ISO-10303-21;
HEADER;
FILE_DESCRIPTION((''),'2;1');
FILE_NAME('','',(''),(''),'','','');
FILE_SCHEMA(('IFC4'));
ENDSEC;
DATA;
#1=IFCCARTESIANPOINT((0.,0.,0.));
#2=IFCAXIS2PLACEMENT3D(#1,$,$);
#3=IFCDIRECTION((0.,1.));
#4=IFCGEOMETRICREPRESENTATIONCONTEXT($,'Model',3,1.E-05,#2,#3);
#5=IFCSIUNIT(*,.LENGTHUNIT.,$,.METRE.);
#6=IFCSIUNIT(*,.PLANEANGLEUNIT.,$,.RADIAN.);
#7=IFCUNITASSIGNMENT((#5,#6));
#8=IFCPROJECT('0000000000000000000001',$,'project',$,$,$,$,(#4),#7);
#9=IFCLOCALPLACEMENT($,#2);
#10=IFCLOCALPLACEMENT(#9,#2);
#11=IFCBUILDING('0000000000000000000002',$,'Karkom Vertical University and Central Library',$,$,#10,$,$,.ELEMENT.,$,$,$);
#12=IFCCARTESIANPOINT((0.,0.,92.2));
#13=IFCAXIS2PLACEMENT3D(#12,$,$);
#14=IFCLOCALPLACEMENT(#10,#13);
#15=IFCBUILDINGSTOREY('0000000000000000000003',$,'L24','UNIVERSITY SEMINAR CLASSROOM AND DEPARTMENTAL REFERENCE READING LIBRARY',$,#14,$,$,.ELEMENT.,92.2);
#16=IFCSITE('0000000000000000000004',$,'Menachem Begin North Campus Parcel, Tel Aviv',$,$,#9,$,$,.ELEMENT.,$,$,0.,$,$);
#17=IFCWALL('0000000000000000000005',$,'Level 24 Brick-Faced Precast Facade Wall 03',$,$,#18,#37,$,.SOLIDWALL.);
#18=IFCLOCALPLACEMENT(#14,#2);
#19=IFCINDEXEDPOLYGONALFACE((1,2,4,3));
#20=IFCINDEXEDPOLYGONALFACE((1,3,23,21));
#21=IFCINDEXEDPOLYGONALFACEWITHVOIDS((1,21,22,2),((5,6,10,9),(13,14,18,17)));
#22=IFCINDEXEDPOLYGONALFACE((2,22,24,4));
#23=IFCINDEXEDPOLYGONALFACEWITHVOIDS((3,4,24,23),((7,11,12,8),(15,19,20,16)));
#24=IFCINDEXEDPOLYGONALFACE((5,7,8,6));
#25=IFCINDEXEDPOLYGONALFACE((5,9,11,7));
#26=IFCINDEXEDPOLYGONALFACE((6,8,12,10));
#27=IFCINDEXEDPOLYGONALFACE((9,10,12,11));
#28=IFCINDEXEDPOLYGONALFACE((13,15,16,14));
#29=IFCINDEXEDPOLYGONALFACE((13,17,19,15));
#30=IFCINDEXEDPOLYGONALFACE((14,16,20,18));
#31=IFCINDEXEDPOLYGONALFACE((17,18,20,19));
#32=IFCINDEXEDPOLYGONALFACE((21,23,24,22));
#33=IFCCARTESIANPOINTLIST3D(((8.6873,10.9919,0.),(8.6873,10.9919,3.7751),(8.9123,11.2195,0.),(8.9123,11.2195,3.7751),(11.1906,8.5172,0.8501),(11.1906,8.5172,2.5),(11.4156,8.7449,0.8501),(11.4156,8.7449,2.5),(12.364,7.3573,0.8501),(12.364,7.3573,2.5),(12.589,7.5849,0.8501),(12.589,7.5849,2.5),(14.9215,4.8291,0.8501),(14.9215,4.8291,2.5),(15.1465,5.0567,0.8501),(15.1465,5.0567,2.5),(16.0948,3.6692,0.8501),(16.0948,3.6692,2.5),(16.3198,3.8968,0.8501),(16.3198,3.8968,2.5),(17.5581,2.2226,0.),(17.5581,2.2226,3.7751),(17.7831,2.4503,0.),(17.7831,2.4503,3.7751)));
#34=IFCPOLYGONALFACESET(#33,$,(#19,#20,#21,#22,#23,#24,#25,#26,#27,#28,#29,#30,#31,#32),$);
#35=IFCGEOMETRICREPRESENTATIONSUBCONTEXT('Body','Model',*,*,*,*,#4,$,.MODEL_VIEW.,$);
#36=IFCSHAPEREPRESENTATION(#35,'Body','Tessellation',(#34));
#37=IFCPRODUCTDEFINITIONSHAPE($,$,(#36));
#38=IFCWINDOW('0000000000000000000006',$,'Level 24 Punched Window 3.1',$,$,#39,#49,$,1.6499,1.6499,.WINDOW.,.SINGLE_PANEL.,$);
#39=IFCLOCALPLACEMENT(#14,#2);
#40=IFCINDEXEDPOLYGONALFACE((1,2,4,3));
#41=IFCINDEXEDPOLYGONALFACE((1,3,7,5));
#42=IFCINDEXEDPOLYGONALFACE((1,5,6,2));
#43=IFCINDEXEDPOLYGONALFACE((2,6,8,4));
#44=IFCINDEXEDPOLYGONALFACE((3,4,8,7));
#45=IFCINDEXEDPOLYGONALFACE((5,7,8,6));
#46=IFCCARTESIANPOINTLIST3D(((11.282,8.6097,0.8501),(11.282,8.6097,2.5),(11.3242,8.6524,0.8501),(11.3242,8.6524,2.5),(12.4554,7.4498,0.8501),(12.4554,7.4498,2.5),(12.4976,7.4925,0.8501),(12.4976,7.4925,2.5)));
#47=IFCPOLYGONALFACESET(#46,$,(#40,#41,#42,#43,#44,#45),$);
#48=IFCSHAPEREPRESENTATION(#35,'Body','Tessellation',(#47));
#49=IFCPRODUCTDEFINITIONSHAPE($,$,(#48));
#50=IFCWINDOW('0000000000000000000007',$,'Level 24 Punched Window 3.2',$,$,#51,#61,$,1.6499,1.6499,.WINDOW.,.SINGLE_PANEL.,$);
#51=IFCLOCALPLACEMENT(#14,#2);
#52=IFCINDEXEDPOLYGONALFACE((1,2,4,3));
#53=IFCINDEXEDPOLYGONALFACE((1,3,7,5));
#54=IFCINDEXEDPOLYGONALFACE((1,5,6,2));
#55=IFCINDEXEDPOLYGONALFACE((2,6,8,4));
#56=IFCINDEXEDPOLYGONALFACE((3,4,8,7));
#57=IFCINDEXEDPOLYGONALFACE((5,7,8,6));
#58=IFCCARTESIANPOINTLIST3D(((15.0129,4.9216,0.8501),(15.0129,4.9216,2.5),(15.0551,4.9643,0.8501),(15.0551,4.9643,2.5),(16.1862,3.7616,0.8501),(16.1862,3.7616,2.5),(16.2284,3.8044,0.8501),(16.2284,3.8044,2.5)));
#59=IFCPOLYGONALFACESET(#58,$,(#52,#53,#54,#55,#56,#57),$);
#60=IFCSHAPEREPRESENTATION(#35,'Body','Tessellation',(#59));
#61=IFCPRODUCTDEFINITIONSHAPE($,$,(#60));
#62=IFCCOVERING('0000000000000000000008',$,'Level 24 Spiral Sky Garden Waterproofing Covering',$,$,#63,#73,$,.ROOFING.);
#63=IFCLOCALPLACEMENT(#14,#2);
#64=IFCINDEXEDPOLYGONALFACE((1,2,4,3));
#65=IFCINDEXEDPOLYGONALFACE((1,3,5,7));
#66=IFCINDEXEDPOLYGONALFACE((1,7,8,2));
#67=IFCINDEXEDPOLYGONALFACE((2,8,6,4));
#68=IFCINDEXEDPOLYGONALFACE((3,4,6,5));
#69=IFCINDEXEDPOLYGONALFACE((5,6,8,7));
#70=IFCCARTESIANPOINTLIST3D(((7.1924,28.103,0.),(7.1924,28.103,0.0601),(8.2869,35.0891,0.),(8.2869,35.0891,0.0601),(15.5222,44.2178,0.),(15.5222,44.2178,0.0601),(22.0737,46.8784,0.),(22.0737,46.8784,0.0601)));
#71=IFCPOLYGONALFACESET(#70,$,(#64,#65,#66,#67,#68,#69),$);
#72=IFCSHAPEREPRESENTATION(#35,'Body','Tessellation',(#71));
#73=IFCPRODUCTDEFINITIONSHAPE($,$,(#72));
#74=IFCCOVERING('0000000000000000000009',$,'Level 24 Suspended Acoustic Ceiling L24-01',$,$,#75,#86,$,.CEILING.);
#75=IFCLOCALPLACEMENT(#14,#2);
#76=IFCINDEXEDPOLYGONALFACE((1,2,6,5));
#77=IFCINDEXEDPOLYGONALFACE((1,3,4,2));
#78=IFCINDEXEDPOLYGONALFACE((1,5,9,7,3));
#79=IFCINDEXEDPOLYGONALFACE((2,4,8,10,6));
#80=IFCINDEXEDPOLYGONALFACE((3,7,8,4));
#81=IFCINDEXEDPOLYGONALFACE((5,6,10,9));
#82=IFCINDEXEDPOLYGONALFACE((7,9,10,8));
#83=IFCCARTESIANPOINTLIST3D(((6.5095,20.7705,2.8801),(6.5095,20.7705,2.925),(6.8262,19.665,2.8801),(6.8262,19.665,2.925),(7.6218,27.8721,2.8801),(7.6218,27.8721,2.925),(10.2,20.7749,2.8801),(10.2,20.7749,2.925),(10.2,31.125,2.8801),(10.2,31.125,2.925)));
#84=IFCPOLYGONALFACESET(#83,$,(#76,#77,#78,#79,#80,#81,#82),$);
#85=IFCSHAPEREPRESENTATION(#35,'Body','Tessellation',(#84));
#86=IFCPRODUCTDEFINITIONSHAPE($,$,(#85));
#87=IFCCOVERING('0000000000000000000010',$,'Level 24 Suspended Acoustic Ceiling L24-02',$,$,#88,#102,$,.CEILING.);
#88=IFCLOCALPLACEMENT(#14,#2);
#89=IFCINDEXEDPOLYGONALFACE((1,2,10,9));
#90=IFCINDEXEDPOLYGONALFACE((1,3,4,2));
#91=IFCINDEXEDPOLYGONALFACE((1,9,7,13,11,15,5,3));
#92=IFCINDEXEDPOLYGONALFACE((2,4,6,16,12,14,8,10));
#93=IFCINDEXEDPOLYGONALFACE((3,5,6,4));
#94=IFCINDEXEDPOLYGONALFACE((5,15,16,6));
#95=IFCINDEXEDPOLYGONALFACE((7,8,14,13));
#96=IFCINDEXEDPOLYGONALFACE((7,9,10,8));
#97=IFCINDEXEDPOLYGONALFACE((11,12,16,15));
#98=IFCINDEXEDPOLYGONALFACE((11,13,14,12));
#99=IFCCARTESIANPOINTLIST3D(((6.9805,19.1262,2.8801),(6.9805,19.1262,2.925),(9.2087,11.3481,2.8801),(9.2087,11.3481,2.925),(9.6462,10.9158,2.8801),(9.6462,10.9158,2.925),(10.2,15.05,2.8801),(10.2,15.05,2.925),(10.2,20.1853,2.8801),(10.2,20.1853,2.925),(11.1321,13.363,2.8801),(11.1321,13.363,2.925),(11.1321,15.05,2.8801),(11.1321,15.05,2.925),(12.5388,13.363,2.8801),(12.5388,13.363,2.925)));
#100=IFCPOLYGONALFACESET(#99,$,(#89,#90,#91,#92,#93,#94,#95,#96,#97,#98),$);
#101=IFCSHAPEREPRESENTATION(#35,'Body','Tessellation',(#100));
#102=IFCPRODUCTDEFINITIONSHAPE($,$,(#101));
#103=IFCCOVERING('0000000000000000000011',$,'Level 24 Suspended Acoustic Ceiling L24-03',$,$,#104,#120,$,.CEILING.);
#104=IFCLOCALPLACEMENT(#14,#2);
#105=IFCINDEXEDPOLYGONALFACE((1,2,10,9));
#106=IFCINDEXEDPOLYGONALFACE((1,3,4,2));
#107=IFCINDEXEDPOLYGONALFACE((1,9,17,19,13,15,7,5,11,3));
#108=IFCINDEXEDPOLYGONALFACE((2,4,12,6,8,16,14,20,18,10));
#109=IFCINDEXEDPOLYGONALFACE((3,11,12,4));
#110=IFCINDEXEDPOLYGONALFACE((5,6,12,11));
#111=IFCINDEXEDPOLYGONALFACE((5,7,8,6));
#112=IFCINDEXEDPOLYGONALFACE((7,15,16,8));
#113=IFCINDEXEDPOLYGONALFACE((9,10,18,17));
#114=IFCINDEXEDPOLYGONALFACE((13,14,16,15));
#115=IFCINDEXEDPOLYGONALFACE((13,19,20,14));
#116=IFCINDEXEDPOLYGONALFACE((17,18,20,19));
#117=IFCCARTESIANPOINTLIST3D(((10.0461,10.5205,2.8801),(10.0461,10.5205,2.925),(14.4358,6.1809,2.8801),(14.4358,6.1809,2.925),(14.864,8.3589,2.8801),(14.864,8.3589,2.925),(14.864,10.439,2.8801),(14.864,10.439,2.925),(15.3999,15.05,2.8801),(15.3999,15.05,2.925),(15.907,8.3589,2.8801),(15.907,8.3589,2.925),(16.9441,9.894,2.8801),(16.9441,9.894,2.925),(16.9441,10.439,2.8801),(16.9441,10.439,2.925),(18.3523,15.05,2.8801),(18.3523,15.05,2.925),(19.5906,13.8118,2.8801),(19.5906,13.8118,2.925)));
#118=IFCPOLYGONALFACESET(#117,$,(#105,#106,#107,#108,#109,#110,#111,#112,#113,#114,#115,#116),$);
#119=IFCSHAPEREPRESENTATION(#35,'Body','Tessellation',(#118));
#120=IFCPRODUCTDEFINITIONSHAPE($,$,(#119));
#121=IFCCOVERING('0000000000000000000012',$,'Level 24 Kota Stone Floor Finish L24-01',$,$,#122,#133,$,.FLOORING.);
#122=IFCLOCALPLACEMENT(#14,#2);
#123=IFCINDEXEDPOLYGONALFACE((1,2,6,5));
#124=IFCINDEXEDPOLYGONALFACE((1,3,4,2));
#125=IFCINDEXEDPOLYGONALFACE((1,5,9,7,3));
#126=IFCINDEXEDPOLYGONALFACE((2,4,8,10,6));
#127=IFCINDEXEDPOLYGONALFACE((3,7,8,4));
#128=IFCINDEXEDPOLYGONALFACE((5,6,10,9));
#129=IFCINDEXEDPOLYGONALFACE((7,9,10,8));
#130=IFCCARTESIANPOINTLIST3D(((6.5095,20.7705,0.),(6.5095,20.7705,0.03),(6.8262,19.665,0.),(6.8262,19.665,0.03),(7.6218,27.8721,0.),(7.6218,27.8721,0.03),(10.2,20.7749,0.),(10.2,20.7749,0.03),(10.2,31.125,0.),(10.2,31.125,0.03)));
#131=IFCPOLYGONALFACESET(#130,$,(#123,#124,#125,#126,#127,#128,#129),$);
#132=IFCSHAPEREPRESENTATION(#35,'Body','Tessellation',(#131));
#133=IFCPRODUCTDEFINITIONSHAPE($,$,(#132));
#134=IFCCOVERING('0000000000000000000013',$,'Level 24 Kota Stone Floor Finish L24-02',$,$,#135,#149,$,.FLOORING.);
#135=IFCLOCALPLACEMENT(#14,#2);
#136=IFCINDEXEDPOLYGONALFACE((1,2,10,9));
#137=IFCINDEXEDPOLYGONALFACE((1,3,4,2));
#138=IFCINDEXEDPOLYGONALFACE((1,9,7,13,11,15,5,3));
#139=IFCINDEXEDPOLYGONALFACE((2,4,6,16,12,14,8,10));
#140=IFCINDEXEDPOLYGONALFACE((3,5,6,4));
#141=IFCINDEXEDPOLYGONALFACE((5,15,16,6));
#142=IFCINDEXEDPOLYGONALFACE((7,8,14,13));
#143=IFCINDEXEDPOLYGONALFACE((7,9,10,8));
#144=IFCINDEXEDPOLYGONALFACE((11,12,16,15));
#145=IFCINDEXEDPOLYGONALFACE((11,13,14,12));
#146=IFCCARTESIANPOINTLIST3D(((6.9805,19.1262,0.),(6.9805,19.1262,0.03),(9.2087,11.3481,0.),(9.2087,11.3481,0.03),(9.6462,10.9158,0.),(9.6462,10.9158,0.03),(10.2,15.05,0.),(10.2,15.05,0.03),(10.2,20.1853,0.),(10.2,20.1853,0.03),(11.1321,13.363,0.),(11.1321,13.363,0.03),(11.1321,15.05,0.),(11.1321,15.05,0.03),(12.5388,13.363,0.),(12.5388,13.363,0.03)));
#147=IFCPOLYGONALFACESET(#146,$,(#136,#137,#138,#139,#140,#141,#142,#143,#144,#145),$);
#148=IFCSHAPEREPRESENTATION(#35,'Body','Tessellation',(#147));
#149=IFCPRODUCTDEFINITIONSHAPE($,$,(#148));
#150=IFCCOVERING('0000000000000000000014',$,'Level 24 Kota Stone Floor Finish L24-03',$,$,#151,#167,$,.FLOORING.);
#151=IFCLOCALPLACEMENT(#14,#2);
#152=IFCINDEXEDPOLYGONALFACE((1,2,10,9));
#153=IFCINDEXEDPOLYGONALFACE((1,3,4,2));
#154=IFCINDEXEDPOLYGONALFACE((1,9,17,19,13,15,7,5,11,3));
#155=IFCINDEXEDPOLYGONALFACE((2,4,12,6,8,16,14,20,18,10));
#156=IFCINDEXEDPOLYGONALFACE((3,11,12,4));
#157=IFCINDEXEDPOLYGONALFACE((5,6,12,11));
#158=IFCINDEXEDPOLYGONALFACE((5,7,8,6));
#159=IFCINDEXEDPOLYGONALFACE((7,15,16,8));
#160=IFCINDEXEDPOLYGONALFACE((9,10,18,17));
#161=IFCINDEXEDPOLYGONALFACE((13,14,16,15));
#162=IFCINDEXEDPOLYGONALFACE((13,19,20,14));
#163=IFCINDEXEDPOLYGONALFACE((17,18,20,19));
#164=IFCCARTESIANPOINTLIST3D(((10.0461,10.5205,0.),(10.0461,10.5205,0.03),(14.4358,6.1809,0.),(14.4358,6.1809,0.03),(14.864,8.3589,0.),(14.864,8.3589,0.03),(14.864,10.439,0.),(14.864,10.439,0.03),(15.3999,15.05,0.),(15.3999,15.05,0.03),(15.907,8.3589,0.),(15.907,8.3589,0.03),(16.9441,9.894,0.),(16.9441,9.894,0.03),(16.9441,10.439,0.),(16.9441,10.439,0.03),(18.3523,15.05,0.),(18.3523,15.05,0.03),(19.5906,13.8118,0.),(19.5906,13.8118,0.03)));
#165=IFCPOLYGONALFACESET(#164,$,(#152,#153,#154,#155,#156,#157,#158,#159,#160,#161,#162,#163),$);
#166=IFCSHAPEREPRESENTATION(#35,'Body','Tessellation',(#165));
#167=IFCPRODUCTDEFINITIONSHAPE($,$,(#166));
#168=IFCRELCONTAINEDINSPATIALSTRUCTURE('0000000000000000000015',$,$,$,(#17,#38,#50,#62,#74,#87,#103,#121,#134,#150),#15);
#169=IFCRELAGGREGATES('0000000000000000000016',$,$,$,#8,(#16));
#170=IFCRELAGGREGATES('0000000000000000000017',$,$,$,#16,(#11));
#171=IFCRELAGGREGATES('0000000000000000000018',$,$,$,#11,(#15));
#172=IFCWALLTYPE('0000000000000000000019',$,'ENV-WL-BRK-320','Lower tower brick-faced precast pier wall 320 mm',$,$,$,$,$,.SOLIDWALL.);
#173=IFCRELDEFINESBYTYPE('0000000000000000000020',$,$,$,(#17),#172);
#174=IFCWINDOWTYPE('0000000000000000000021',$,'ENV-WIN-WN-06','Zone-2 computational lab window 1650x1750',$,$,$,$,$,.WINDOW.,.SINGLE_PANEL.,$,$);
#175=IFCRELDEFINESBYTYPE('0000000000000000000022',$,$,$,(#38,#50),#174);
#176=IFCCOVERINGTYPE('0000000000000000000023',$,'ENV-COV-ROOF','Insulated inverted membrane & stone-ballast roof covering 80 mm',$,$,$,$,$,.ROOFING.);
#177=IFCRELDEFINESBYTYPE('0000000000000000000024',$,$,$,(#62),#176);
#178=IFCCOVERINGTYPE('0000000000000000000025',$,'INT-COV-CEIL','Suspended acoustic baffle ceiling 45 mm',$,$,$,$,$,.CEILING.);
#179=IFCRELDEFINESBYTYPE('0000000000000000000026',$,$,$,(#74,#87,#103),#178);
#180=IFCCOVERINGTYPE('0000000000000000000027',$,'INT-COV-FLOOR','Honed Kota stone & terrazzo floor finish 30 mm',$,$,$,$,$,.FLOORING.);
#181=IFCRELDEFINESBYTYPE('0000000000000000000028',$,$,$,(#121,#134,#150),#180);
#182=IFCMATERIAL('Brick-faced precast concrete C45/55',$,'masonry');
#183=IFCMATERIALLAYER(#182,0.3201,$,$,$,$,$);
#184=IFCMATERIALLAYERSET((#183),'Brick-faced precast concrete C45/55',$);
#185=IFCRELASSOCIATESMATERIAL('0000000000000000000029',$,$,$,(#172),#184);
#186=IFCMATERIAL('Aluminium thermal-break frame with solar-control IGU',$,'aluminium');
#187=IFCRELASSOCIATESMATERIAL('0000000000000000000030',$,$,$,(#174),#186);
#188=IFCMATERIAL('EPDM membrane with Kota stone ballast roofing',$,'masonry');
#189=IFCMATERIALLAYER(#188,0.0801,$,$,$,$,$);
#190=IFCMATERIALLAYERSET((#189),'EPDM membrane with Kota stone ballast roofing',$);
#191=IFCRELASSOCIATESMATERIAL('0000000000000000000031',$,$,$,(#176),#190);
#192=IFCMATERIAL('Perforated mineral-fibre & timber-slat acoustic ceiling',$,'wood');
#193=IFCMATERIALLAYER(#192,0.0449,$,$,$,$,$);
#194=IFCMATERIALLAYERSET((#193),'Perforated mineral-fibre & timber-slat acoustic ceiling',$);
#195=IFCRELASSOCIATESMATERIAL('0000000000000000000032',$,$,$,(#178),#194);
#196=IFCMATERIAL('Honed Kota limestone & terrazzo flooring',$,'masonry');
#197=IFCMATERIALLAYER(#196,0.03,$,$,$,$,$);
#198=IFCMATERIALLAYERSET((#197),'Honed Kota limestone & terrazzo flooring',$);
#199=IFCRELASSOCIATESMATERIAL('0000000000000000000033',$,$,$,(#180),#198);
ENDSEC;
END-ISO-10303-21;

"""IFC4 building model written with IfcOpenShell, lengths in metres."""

from ifc_helpers import new_model, si_unit, direction, frame, frame_2d, origin, origin_with_axes, place, context, subcontext, project, spatial, polyline, rectangle, outline, extrude, source, transform, mapped, material, layer, layer_set, type_object, element, fill, save


model = new_model("IFC4")

# Units and contexts
model_context = context("Model", 3, precision=1e-05, world=origin(), true_north=direction((0.0, 1.0)))
body_context = subcontext(model_context, "Body", "Model", "MODEL_VIEW")
ifc_project = project(units=[si_unit("LENGTHUNIT", "METRE"), si_unit("PLANEANGLEUNIT", "RADIAN")], contexts=[model_context])

# Site, building, storey
site_placement = place(None, origin())
site = spatial("IfcSite", under=ifc_project, at=site_placement, Name="Menachem Begin North Campus Parcel, Tel Aviv", CompositionType="ELEMENT", RefElevation=0.0)
building_placement = place(site_placement, origin())
building = spatial("IfcBuilding", under=site, at=building_placement, Name="Karkom Vertical University and Central Library", CompositionType="ELEMENT")
storey_placement = place(building_placement, frame((0.0, 0.0, 92.2)))
storey = spatial("IfcBuildingStorey", under=building, at=storey_placement, Name="L24", Description="UNIVERSITY SEMINAR CLASSROOM AND DEPARTMENTAL REFERENCE READING LIBRARY", CompositionType="ELEMENT", Elevation=92.2)

# Wall, openings, windows
ifc_material_1 = material(Name="Brick-faced precast concrete C45/55", Category="masonry")
ifc_layer_1 = layer(ifc_material_1, 0.3201)
ifc_layer_set_1 = layer_set([ifc_layer_1], Name="Brick-faced precast concrete C45/55")
wall_type = type_object("IfcWallType", Name="ENV-WL-BRK-320", Description="Lower tower brick-faced precast pier wall 320 mm", PredefinedType="SOLIDWALL", material=ifc_layer_set_1)
wall_placement = place(storey_placement, frame((8.7998, 11.1057, 0.0), z_axis=(0.0, 0.0, 1.0), x_axis=(0.711166, -0.703024, 0.0)))
wall = element("IfcWall", 1, at=wall_placement, inside=storey, type_object=wall_type, Name="Level 24 Brick-Faced Precast Facade Wall 03", PredefinedType="SOLIDWALL", context=body_context, shape_type="SweptSolid", body=[
    extrude(rectangle(XDim=12.4736, YDim=0.3201, at=frame_2d((6.2368, 0.0))), origin(), (0.0, 0.0, 1.0), 3.7751),
])
opening_1_placement = place(wall_placement, frame((3.52, 0.0, 0.8501)))
opening_1 = element("IfcOpeningElement", 2, at=opening_1_placement, cuts=wall, PredefinedType="OPENING", context=body_context, shape_type="SweptSolid", body=[
    extrude(rectangle(XDim=1.6499, YDim=1.6499, at=frame_2d((0.825, 0.825))), frame((0.0, 0.1699, 0.0), z_axis=(0.0, -1.0, 0.0), x_axis=(1.0, 0.0, 0.0)), (0.0, 0.0, 1.0), 0.3401),
])
opening_2_placement = place(wall_placement, frame((8.7661, 0.0, 0.8501)))
opening_2 = element("IfcOpeningElement", 3, at=opening_2_placement, cuts=wall, PredefinedType="OPENING", context=body_context, shape_type="SweptSolid", body=[
    extrude(rectangle(XDim=1.6499, YDim=1.6499, at=frame_2d((0.825, 0.825))), frame((0.0, 0.1699, 0.0), z_axis=(0.0, -1.0, 0.0), x_axis=(1.0, 0.0, 0.0)), (0.0, 0.0, 1.0), 0.3401),
])
ifc_material_2 = material(Name="Aluminium thermal-break frame with solar-control IGU", Category="aluminium")
window_type = type_object("IfcWindowType", Name="ENV-WIN-WN-06", Description="Zone-2 computational lab window 1650x1750", PartitioningType="SINGLE_PANEL", PredefinedType="WINDOW", material=ifc_material_2)
shared_shape_1 = source(origin_with_axes(), body_context, "Body", "SweptSolid", [
    extrude(rectangle(XDim=1.6499, YDim=1.6499, at=frame_2d((0.825, 0.825))), frame((0.0, 0.03, 0.0), z_axis=(0.0, -1.0, 0.0), x_axis=(1.0, 0.0, 0.0)), (0.0, 0.0, 1.0), 0.0601),
])
window_1_placement = place(opening_1_placement, origin())
window_1 = element("IfcWindow", 4, at=window_1_placement, inside=storey, type_object=window_type, Name="Level 24 Punched Window 3.1", OverallHeight=1.6499, OverallWidth=1.6499, PartitioningType="SINGLE_PANEL", PredefinedType="WINDOW", context=body_context, shape_type="MappedRepresentation", body=[
    mapped(shared_shape_1, transform((0.0, 0.0, 0.0), scale=1.0)),
])
fill(opening_1, window_1)
window_2_placement = place(opening_2_placement, origin())
window_2 = element("IfcWindow", 5, at=window_2_placement, inside=storey, type_object=window_type, Name="Level 24 Punched Window 3.2", OverallHeight=1.6499, OverallWidth=1.6499, PartitioningType="SINGLE_PANEL", PredefinedType="WINDOW", context=body_context, shape_type="MappedRepresentation", body=[
    mapped(shared_shape_1, transform((0.0, 0.0, 0.0), scale=1.0)),
])
fill(opening_2, window_2)

# Coverings
ifc_material_3 = material(Name="EPDM membrane with Kota stone ballast roofing", Category="masonry")
ifc_layer_2 = layer(ifc_material_3, 0.0801)
ifc_layer_set_2 = layer_set([ifc_layer_2], Name="EPDM membrane with Kota stone ballast roofing")
covering_type_1 = type_object("IfcCoveringType", Name="ENV-COV-ROOF", Description="Insulated inverted membrane & stone-ballast roof covering 80 mm", PredefinedType="ROOFING", material=ifc_layer_set_2)
covering_1_placement = place(storey_placement, origin())
element("IfcCovering", 6, at=covering_1_placement, inside=storey, type_object=covering_type_1, Name="Level 24 Spiral Sky Garden Waterproofing Covering", PredefinedType="ROOFING", context=body_context, shape_type="SweptSolid", body=[
    extrude(outline(polyline([(8.2869, 35.0891), (15.5222, 44.2178), (22.0737, 46.8784), (7.1924, 28.103), (8.2869, 35.0891)])), origin(), (0.0, 0.0, 1.0), 0.0601),
])
ifc_material_4 = material(Name="Perforated mineral-fibre & timber-slat acoustic ceiling", Category="wood")
ifc_layer_3 = layer(ifc_material_4, 0.0449)
ifc_layer_set_3 = layer_set([ifc_layer_3], Name="Perforated mineral-fibre & timber-slat acoustic ceiling")
covering_type_2 = type_object("IfcCoveringType", Name="INT-COV-CEIL", Description="Suspended acoustic baffle ceiling 45 mm", PredefinedType="CEILING", material=ifc_layer_set_3)
covering_2_placement = place(storey_placement, frame((0.0, 0.0, 2.8801)))
element("IfcCovering", 7, at=covering_2_placement, inside=storey, type_object=covering_type_2, Name="Level 24 Suspended Acoustic Ceiling L24-01", PredefinedType="CEILING", context=body_context, shape_type="SweptSolid", body=[
    extrude(outline(polyline([(7.6218, 27.8721), (10.2, 31.125), (10.2, 20.7749), (6.8262, 19.665), (6.5095, 20.7705), (7.6218, 27.8721)])), origin(), (0.0, 0.0, 1.0), 0.0449),
])
covering_3_placement = place(storey_placement, frame((0.0, 0.0, 2.8801)))
element("IfcCovering", 8, at=covering_3_placement, inside=storey, type_object=covering_type_2, Name="Level 24 Suspended Acoustic Ceiling L24-02", PredefinedType="CEILING", context=body_context, shape_type="SweptSolid", body=[
    extrude(outline(polyline([(9.6462, 10.9158), (9.2087, 11.3481), (6.9805, 19.1262), (10.2, 20.1853), (10.2, 15.05), (11.1321, 15.05), (11.1321, 13.363), (12.5388, 13.363), (9.6462, 10.9158)])), origin(), (0.0, 0.0, 1.0), 0.0449),
])
covering_4_placement = place(storey_placement, frame((0.0, 0.0, 2.8801)))
element("IfcCovering", 9, at=covering_4_placement, inside=storey, type_object=covering_type_2, Name="Level 24 Suspended Acoustic Ceiling L24-03", PredefinedType="CEILING", context=body_context, shape_type="SweptSolid", body=[
    extrude(outline(polyline([(14.4358, 6.1809), (10.0461, 10.5205), (15.3999, 15.05), (18.3523, 15.05), (19.5906, 13.8118), (16.9441, 9.894), (16.9441, 10.439), (14.864, 10.439), (14.864, 8.3589), (15.907, 8.3589), (14.4358, 6.1809)])), origin(), (0.0, 0.0, 1.0), 0.0449),
])
ifc_material_5 = material(Name="Honed Kota limestone & terrazzo flooring", Category="masonry")
ifc_layer_4 = layer(ifc_material_5, 0.03)
ifc_layer_set_4 = layer_set([ifc_layer_4], Name="Honed Kota limestone & terrazzo flooring")
covering_type_3 = type_object("IfcCoveringType", Name="INT-COV-FLOOR", Description="Honed Kota stone & terrazzo floor finish 30 mm", PredefinedType="FLOORING", material=ifc_layer_set_4)
covering_5_placement = place(storey_placement, origin())
element("IfcCovering", 10, at=covering_5_placement, inside=storey, type_object=covering_type_3, Name="Level 24 Kota Stone Floor Finish L24-01", PredefinedType="FLOORING", context=body_context, shape_type="SweptSolid", body=[
    extrude(outline(polyline([(7.6218, 27.8721), (10.2, 31.125), (10.2, 20.7749), (6.8262, 19.665), (6.5095, 20.7705), (7.6218, 27.8721)])), origin(), (0.0, 0.0, 1.0), 0.03),
])
covering_6_placement = place(storey_placement, origin())
element("IfcCovering", 11, at=covering_6_placement, inside=storey, type_object=covering_type_3, Name="Level 24 Kota Stone Floor Finish L24-02", PredefinedType="FLOORING", context=body_context, shape_type="SweptSolid", body=[
    extrude(outline(polyline([(9.6462, 10.9158), (9.2087, 11.3481), (6.9805, 19.1262), (10.2, 20.1853), (10.2, 15.05), (11.1321, 15.05), (11.1321, 13.363), (12.5388, 13.363), (9.6462, 10.9158)])), origin(), (0.0, 0.0, 1.0), 0.03),
])
covering_7_placement = place(storey_placement, origin())
element("IfcCovering", 12, at=covering_7_placement, inside=storey, type_object=covering_type_3, Name="Level 24 Kota Stone Floor Finish L24-03", PredefinedType="FLOORING", context=body_context, shape_type="SweptSolid", body=[
    extrude(outline(polyline([(14.4358, 6.1809), (10.0461, 10.5205), (15.3999, 15.05), (18.3523, 15.05), (19.5906, 13.8118), (16.9441, 9.894), (16.9441, 10.439), (14.864, 10.439), (14.864, 8.3589), (15.907, 8.3589), (14.4358, 6.1809)])), origin(), (0.0, 0.0, 1.0), 0.03),
])

save(model, "model.ifc")
